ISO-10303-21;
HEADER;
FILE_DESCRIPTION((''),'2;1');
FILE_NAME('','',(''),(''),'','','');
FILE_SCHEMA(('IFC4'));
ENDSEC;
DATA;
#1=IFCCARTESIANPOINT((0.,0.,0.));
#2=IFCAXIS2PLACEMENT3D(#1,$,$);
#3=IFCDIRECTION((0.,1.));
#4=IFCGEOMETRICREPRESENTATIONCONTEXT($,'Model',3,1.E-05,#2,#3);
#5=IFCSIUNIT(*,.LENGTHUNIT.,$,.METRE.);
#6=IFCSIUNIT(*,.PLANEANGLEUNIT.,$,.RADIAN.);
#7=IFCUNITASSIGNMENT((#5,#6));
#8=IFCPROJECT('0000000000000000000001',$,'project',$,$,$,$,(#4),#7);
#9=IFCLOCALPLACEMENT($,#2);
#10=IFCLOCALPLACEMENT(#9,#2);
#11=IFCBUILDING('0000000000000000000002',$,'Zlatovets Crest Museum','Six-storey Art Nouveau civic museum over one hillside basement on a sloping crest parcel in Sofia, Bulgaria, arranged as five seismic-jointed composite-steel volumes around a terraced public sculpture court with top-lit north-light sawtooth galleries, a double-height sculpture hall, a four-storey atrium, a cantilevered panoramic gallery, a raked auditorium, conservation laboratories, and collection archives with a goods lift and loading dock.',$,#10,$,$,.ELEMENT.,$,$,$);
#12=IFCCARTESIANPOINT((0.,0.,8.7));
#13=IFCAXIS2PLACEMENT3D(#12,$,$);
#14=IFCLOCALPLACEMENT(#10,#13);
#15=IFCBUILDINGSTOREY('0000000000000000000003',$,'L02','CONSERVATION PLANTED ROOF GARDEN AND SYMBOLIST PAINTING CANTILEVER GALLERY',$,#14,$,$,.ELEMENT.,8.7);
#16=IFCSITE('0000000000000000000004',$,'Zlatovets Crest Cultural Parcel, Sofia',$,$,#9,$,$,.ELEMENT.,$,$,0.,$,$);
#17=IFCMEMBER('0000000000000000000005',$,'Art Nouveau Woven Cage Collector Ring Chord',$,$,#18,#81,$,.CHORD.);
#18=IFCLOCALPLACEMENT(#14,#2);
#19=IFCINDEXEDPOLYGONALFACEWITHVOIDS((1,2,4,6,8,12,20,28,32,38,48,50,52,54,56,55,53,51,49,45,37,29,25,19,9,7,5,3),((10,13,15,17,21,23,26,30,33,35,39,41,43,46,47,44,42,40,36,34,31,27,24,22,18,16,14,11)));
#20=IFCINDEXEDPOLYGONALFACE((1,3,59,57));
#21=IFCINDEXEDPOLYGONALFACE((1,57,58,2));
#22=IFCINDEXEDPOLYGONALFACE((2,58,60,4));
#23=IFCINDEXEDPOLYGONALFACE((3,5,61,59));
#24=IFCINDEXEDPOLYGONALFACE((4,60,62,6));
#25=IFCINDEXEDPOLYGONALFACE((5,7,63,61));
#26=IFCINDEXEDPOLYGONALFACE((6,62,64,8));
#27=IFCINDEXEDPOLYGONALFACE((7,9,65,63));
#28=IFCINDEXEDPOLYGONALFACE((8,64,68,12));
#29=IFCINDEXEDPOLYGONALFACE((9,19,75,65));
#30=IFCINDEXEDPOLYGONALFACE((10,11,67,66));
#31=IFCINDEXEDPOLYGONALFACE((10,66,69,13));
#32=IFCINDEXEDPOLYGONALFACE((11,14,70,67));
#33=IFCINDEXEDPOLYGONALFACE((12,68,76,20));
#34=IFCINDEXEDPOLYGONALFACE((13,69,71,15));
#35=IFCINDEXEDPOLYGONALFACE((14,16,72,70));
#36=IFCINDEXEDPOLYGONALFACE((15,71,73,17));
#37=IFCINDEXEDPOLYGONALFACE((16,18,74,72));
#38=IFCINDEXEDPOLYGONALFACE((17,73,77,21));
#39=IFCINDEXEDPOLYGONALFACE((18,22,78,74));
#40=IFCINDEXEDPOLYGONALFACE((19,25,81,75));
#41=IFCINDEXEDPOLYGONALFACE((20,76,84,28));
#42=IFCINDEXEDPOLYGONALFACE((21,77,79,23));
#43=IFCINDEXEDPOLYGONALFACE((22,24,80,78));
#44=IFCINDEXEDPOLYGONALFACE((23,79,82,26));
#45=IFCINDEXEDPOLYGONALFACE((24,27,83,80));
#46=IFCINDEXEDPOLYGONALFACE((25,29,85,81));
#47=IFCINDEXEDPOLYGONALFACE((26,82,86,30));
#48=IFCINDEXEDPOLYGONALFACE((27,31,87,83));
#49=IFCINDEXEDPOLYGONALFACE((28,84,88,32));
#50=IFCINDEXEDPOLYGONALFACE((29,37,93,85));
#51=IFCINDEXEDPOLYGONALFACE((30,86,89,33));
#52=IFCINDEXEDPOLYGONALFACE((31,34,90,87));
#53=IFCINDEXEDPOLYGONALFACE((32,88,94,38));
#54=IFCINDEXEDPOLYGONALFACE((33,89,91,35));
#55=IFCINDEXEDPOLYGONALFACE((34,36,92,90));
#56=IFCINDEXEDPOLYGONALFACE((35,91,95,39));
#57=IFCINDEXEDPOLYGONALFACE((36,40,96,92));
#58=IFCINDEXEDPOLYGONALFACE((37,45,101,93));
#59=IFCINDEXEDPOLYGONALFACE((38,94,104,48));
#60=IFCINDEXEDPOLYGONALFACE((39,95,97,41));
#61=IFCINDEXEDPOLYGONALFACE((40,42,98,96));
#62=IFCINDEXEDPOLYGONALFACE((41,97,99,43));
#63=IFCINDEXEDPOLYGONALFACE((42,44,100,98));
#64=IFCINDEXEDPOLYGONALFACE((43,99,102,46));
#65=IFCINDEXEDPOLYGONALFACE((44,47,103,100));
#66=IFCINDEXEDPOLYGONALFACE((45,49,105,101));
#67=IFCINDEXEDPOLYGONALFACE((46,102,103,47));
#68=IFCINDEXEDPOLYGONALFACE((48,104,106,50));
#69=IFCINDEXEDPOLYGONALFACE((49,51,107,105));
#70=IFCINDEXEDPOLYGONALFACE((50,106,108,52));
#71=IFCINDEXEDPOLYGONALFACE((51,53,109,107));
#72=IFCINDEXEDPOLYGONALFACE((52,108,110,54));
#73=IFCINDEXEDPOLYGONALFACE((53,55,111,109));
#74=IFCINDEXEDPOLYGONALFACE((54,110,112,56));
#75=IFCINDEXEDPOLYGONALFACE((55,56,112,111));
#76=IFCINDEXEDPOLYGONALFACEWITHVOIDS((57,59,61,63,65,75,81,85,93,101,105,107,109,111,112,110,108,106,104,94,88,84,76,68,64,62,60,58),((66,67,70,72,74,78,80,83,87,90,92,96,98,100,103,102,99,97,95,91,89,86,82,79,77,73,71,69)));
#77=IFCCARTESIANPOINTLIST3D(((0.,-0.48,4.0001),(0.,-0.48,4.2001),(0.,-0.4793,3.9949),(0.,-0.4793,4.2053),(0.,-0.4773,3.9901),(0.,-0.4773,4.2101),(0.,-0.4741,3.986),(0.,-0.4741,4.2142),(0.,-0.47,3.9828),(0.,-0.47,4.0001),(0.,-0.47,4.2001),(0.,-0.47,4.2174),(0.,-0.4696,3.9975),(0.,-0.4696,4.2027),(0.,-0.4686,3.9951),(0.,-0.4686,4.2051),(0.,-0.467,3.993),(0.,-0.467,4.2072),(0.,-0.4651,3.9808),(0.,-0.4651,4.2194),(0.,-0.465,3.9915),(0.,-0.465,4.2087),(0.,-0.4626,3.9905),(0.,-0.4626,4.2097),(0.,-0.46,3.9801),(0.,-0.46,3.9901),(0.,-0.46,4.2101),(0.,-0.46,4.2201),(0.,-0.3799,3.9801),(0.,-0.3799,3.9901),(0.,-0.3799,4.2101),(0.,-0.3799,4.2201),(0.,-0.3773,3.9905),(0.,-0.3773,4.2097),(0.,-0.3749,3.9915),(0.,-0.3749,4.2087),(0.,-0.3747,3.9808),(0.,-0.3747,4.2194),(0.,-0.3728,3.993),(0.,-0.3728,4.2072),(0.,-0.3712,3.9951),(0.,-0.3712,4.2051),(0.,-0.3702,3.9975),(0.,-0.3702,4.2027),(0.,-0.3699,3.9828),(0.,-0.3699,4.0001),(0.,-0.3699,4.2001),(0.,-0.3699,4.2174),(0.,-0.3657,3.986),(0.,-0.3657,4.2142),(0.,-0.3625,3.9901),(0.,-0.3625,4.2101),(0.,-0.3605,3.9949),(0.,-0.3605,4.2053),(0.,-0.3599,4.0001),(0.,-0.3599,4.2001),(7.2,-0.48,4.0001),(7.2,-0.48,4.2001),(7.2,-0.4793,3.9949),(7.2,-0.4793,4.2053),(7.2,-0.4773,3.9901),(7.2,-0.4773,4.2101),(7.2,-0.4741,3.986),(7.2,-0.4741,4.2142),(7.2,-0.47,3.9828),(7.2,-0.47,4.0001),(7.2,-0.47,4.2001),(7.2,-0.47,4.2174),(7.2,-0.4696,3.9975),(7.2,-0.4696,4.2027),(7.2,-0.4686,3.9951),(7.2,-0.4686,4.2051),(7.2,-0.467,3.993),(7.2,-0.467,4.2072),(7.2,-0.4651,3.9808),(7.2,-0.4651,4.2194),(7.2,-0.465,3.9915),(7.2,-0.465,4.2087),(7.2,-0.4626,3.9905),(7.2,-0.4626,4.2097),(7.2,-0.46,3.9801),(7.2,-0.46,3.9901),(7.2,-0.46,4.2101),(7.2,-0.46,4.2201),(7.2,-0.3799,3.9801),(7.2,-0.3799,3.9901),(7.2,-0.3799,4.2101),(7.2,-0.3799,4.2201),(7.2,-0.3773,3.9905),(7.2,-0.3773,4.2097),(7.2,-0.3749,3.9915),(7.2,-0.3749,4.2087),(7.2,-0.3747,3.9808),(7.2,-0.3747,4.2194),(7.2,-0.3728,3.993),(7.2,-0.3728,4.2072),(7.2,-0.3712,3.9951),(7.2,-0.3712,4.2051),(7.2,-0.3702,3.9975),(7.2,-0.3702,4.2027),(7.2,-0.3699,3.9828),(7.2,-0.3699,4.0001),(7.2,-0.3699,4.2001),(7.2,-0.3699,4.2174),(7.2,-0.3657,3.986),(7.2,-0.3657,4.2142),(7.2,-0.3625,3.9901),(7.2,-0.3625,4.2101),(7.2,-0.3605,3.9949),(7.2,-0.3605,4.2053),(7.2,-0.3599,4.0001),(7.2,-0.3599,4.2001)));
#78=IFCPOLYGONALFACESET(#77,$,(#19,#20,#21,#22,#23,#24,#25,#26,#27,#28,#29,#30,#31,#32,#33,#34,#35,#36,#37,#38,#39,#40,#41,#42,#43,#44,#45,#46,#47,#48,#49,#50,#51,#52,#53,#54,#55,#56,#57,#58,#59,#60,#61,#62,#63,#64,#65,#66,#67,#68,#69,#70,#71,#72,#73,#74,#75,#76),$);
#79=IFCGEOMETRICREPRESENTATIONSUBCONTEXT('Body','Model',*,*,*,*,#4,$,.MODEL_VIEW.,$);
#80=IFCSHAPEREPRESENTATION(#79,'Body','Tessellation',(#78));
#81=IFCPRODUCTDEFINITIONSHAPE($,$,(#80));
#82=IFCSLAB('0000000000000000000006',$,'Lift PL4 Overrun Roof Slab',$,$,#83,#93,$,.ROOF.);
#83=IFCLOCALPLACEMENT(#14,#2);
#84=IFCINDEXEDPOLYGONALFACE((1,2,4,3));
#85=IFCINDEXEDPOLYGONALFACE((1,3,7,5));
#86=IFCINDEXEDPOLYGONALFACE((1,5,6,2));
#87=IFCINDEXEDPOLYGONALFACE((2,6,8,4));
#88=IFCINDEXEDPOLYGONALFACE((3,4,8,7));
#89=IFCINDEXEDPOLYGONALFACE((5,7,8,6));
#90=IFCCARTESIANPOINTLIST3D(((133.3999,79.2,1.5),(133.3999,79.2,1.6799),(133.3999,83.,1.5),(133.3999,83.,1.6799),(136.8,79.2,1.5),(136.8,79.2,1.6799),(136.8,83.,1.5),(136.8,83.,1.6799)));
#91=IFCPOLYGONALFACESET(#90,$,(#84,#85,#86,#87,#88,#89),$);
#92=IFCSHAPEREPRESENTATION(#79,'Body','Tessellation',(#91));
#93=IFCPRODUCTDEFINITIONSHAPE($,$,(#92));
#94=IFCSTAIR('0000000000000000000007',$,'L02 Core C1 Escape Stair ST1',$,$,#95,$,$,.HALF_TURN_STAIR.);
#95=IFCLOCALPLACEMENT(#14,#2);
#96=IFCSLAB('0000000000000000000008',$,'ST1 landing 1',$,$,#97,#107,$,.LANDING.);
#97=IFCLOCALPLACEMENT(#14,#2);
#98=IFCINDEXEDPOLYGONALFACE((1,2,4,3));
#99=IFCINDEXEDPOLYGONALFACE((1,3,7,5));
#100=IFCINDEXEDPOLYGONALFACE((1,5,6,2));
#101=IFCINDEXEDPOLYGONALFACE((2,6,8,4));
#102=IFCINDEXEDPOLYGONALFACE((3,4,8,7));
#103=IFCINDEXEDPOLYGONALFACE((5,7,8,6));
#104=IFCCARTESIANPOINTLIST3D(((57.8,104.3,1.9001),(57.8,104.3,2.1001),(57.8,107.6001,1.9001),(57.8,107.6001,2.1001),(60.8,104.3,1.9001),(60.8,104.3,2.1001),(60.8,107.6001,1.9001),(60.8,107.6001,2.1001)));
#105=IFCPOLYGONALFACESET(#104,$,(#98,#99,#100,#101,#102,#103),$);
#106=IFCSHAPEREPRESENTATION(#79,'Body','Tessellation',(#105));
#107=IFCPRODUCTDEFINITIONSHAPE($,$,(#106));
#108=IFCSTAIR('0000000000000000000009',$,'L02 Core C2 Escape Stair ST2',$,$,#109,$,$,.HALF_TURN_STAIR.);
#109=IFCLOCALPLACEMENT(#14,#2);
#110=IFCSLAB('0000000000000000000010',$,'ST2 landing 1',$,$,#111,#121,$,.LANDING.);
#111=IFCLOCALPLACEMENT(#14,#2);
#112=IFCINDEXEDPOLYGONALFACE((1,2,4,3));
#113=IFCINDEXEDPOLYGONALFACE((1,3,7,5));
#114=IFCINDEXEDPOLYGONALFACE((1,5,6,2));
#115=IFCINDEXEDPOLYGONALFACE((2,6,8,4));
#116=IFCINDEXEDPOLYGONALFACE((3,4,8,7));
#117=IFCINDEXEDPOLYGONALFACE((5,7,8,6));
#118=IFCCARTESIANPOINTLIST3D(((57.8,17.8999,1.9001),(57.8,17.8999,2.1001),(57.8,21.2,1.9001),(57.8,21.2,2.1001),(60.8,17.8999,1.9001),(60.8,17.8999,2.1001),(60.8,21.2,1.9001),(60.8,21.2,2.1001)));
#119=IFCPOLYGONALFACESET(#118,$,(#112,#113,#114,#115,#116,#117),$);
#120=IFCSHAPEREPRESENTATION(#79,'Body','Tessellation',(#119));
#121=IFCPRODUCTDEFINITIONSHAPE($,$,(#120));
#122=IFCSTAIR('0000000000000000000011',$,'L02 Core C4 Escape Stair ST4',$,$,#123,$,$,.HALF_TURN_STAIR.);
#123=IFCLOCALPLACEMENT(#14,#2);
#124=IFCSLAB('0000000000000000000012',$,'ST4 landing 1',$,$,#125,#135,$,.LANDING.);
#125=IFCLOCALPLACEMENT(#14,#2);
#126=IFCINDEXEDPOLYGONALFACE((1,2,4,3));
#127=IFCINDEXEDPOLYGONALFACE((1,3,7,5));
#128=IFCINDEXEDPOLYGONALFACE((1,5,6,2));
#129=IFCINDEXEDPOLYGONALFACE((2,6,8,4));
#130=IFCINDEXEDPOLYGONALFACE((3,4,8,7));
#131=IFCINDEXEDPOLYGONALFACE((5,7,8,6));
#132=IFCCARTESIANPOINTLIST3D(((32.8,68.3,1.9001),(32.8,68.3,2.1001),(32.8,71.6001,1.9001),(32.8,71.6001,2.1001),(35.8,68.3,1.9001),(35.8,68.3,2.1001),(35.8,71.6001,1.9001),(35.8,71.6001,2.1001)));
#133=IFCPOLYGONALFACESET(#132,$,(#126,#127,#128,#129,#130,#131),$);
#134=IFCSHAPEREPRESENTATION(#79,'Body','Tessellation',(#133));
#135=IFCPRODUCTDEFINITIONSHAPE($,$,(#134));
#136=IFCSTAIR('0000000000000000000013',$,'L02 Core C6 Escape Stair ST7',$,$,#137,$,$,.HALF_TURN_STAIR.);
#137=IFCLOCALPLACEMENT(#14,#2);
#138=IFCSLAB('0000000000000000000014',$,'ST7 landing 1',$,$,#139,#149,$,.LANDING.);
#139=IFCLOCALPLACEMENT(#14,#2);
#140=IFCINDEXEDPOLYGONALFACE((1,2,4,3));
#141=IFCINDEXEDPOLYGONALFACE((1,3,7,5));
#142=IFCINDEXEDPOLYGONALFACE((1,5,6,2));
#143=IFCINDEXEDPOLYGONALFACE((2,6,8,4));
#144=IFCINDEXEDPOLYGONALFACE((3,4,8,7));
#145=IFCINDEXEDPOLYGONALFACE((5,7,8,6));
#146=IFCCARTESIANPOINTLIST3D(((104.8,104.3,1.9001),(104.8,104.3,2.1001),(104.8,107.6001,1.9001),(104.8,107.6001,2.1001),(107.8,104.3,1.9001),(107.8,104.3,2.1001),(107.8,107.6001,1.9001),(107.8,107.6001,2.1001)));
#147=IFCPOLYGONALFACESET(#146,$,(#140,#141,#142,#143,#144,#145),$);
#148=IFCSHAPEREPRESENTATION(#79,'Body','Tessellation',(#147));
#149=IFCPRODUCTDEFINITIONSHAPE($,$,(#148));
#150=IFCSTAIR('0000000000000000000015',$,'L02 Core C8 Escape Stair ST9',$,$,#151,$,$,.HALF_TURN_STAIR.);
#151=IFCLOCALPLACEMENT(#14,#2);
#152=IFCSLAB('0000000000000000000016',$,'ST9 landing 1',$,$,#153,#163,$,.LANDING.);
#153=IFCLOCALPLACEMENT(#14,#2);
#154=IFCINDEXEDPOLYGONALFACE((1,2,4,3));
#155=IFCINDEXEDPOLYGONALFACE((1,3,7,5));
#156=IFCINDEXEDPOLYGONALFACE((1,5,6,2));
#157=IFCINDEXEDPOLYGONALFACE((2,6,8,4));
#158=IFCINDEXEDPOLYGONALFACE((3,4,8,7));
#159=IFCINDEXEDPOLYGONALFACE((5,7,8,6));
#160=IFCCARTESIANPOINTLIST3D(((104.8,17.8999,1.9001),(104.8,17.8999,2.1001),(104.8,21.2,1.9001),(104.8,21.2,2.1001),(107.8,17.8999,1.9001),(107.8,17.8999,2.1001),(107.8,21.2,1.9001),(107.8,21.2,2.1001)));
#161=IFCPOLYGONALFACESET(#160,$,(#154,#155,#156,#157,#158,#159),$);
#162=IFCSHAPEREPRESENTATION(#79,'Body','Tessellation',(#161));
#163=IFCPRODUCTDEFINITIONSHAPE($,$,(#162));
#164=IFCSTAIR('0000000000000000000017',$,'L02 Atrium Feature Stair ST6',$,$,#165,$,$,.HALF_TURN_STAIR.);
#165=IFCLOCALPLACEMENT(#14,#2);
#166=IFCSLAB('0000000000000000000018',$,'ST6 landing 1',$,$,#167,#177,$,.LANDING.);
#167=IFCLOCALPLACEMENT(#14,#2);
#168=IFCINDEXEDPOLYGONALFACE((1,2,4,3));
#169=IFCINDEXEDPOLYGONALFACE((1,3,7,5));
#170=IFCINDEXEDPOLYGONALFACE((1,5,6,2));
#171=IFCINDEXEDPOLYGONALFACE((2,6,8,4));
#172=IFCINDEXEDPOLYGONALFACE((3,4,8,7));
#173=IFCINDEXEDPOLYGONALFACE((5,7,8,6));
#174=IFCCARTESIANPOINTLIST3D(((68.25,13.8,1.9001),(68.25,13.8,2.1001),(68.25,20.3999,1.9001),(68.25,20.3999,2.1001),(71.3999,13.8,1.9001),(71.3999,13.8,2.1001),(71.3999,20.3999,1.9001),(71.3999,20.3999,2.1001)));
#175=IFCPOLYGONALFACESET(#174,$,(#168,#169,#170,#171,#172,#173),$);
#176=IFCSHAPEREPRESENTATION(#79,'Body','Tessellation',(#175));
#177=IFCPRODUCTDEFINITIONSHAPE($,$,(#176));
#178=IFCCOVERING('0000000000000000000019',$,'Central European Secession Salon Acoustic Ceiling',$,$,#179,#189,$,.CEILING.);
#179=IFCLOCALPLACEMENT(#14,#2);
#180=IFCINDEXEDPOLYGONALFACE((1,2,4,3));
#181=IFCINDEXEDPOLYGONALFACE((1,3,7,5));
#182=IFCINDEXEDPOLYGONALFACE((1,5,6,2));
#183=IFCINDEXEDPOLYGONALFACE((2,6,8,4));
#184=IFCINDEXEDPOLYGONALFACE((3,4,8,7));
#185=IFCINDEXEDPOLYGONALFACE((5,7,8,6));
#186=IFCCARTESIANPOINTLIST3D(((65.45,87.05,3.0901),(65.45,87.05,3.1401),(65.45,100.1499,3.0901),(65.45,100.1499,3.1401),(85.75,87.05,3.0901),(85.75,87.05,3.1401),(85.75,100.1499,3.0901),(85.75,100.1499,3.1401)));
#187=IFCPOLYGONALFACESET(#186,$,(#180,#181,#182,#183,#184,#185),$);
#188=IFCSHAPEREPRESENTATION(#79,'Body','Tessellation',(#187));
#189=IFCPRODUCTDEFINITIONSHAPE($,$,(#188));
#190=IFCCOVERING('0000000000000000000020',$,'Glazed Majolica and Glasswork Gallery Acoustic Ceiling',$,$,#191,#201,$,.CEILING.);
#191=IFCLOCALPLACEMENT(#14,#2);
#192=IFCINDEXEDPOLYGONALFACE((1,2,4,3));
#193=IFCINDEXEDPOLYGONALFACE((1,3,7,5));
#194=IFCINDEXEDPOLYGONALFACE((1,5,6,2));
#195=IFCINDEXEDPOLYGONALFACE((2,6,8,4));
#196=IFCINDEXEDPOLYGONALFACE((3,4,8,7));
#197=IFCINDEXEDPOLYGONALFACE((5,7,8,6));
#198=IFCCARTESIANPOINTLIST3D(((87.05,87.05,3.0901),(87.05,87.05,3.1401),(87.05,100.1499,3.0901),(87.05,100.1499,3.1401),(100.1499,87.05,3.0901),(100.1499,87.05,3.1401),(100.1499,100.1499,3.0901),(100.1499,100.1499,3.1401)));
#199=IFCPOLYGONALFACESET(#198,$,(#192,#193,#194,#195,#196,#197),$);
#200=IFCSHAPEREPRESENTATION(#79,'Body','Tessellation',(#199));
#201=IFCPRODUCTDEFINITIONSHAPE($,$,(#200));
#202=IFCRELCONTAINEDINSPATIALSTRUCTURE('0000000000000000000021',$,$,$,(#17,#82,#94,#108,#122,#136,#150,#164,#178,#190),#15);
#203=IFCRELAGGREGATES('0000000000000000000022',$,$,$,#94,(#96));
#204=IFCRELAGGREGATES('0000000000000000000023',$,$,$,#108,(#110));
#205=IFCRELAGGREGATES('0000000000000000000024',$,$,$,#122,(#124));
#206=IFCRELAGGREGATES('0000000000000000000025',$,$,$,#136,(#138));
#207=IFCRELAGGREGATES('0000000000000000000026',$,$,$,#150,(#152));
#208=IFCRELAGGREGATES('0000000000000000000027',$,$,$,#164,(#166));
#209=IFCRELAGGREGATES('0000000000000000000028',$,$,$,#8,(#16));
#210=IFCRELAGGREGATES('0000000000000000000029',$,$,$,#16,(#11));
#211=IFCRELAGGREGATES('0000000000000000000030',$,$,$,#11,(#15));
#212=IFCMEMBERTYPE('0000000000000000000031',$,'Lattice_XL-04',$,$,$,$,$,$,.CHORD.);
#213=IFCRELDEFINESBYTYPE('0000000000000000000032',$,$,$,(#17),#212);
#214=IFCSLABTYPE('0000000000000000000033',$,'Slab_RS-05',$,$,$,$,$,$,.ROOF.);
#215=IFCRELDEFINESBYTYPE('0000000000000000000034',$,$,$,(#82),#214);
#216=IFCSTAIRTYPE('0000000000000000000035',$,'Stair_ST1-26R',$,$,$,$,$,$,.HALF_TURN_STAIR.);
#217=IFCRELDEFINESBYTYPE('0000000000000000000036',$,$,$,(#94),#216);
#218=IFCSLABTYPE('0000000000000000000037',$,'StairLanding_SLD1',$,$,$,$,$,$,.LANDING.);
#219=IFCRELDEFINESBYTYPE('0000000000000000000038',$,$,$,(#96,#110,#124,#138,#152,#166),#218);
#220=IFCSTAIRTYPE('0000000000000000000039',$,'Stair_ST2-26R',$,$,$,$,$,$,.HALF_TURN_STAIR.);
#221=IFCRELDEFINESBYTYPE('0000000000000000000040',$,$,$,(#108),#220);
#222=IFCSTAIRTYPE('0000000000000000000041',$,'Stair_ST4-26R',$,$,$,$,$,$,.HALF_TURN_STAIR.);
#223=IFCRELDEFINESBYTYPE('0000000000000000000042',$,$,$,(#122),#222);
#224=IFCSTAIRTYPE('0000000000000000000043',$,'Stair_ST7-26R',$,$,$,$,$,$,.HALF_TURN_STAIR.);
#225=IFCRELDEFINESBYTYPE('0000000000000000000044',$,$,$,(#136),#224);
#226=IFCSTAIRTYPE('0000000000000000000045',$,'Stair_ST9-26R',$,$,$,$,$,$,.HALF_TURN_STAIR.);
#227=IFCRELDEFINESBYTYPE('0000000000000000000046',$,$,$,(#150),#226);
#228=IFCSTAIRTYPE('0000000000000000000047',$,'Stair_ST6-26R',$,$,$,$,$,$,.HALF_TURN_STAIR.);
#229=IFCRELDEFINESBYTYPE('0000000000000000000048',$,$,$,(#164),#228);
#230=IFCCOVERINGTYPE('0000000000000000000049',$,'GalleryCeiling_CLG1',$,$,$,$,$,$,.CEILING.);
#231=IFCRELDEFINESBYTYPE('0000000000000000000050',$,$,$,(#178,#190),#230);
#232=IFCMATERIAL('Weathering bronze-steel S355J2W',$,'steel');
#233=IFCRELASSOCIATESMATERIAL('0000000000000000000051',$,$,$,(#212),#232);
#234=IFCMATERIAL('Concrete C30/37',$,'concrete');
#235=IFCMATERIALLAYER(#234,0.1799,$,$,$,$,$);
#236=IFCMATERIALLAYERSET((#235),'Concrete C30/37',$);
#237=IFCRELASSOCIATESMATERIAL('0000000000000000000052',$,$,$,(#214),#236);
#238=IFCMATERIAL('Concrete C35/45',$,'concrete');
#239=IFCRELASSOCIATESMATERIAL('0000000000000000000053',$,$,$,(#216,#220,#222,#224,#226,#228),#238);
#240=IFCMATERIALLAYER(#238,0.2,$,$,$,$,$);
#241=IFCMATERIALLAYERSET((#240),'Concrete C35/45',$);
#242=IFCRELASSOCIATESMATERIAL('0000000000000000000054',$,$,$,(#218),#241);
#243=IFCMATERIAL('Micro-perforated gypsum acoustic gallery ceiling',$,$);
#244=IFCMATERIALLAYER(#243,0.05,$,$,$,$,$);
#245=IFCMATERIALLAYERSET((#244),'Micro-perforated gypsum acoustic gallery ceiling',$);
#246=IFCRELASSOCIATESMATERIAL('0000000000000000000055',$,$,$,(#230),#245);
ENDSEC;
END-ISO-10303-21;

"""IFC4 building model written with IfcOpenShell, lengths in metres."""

from ifc_helpers import new_model, si_unit, direction, frame, origin, origin_2d, place, context, subcontext, project, spatial, polyline, hollow_rectangle, outline, extrude, material, layer, layer_set, material_profile, profile_set, type_object, element, aggregate, save


model = new_model("IFC4")

# Units and contexts
model_context = context("Model", 3, precision=1e-05, world=origin(), true_north=direction((0.0, 1.0)))
body_context = subcontext(model_context, "Body", "Model", "MODEL_VIEW")
ifc_project = project(units=[si_unit("LENGTHUNIT", "METRE"), si_unit("PLANEANGLEUNIT", "RADIAN")], contexts=[model_context])

# Site, building, storey
site_placement = place(None, origin())
site = spatial("IfcSite", under=ifc_project, at=site_placement, Name="Zlatovets Crest Cultural Parcel, Sofia", CompositionType="ELEMENT", RefElevation=0.0)
building_placement = place(site_placement, origin())
building = spatial("IfcBuilding", under=site, at=building_placement, Name="Zlatovets Crest Museum", Description="Six-storey Art Nouveau civic museum over one hillside basement on a sloping crest parcel in Sofia, Bulgaria, arranged as five seismic-jointed composite-steel volumes around a terraced public sculpture court with top-lit north-light sawtooth galleries, a double-height sculpture hall, a four-storey atrium, a cantilevered panoramic gallery, a raked auditorium, conservation laboratories, and collection archives with a goods lift and loading dock.", CompositionType="ELEMENT")
storey_placement = place(building_placement, frame((0.0, 0.0, 8.7)))
storey = spatial("IfcBuildingStorey", under=building, at=storey_placement, Name="L02", Description="CONSERVATION PLANTED ROOF GARDEN AND SYMBOLIST PAINTING CANTILEVER GALLERY", CompositionType="ELEMENT", Elevation=8.7)

# Member
ifc_material_1 = material(Name="Weathering bronze-steel S355J2W", Category="steel")
ifc_material_profile_1 = material_profile(ifc_material_1, hollow_rectangle(XDim=0.1201, YDim=0.24, WallThickness=0.01, InnerFilletRadius=0.01, OuterFilletRadius=0.02, at=origin_2d()), Name="RHS 120x240x10.0")
ifc_profile_set_1 = profile_set([ifc_material_profile_1], Name="Weathering bronze-steel S355J2W")
member_type_1 = type_object("IfcMemberType", Name="Lattice_XL-04", PredefinedType="CHORD", material=ifc_profile_set_1)
member_1_placement = place(storey_placement, frame((0.0, -0.4199, 4.1001), z_axis=(1.0, 0.0, 0.0), x_axis=(0.0, 1.0, 0.0)))
element("IfcMember", 1, at=member_1_placement, inside=storey, type_object=member_type_1, Name="Art Nouveau Woven Cage Collector Ring Chord", PredefinedType="CHORD", context=body_context, shape_type="SweptSolid", body=[
    extrude(hollow_rectangle(XDim=0.1201, YDim=0.24, WallThickness=0.01, InnerFilletRadius=0.01, OuterFilletRadius=0.02, at=origin_2d()), origin(), (0.0, 0.0, 1.0), 7.2),
])

# Slab
ifc_material_2 = material(Name="Concrete C30/37", Category="concrete")
ifc_layer_1 = layer(ifc_material_2, 0.1799)
ifc_layer_set_1 = layer_set([ifc_layer_1], Name="Concrete C30/37")
slab_type_1 = type_object("IfcSlabType", Name="Slab_RS-05", PredefinedType="ROOF", material=ifc_layer_set_1)
slab_1_placement = place(storey_placement, frame((0.0, 0.0, 1.5)))
element("IfcSlab", 2, at=slab_1_placement, inside=storey, type_object=slab_type_1, Name="Lift PL4 Overrun Roof Slab", PredefinedType="ROOF", context=body_context, shape_type="SweptSolid", body=[
    extrude(outline(polyline([(133.3999, 79.2), (136.8, 79.2), (136.8, 83.0), (133.3999, 83.0), (133.3999, 79.2)])), origin(), (0.0, 0.0, 1.0), 0.1799),
])

# Stairs, slabs
ifc_material_3 = material(Name="Concrete C35/45", Category="concrete")
stair_type_1 = type_object("IfcStairType", Name="Stair_ST1-26R", PredefinedType="HALF_TURN_STAIR", material=ifc_material_3)
stair_1_placement = place(storey_placement, origin())
stair_1 = element("IfcStair", 3, at=stair_1_placement, inside=storey, type_object=stair_type_1, Name="L02 Core C1 Escape Stair ST1", PredefinedType="HALF_TURN_STAIR")
ifc_layer_2 = layer(ifc_material_3, 0.2)
ifc_layer_set_2 = layer_set([ifc_layer_2], Name="Concrete C35/45")
slab_type_2 = type_object("IfcSlabType", Name="StairLanding_SLD1", PredefinedType="LANDING", material=ifc_layer_set_2)
slab_2_placement = place(storey_placement, frame((0.0, 0.0, 1.9001)))
slab_2 = element("IfcSlab", 4, at=slab_2_placement, type_object=slab_type_2, Name="ST1 landing 1", PredefinedType="LANDING", context=body_context, shape_type="SweptSolid", body=[
    extrude(outline(polyline([(60.8, 104.3), (60.8, 107.6001), (57.8, 107.6001), (57.8, 104.3), (60.8, 104.3)])), origin(), (0.0, 0.0, 1.0), 0.2),
])
aggregate(stair_1, [slab_2])
stair_type_2 = type_object("IfcStairType", Name="Stair_ST2-26R", PredefinedType="HALF_TURN_STAIR", material=ifc_material_3)
stair_2_placement = place(storey_placement, origin())
stair_2 = element("IfcStair", 5, at=stair_2_placement, inside=storey, type_object=stair_type_2, Name="L02 Core C2 Escape Stair ST2", PredefinedType="HALF_TURN_STAIR")
slab_3_placement = place(storey_placement, frame((0.0, 0.0, 1.9001)))
slab_3 = element("IfcSlab", 6, at=slab_3_placement, type_object=slab_type_2, Name="ST2 landing 1", PredefinedType="LANDING", context=body_context, shape_type="SweptSolid", body=[
    extrude(outline(polyline([(60.8, 17.8999), (60.8, 21.2), (57.8, 21.2), (57.8, 17.8999), (60.8, 17.8999)])), origin(), (0.0, 0.0, 1.0), 0.2),
])
aggregate(stair_2, [slab_3])
stair_type_3 = type_object("IfcStairType", Name="Stair_ST4-26R", PredefinedType="HALF_TURN_STAIR", material=ifc_material_3)
stair_3_placement = place(storey_placement, origin())
stair_3 = element("IfcStair", 7, at=stair_3_placement, inside=storey, type_object=stair_type_3, Name="L02 Core C4 Escape Stair ST4", PredefinedType="HALF_TURN_STAIR")
slab_4_placement = place(storey_placement, frame((0.0, 0.0, 1.9001)))
slab_4 = element("IfcSlab", 8, at=slab_4_placement, type_object=slab_type_2, Name="ST4 landing 1", PredefinedType="LANDING", context=body_context, shape_type="SweptSolid", body=[
    extrude(outline(polyline([(35.8, 68.3), (35.8, 71.6001), (32.8, 71.6001), (32.8, 68.3), (35.8, 68.3)])), origin(), (0.0, 0.0, 1.0), 0.2),
])
aggregate(stair_3, [slab_4])
stair_type_4 = type_object("IfcStairType", Name="Stair_ST7-26R", PredefinedType="HALF_TURN_STAIR", material=ifc_material_3)
stair_4_placement = place(storey_placement, origin())
stair_4 = element("IfcStair", 9, at=stair_4_placement, inside=storey, type_object=stair_type_4, Name="L02 Core C6 Escape Stair ST7", PredefinedType="HALF_TURN_STAIR")
slab_5_placement = place(storey_placement, frame((0.0, 0.0, 1.9001)))
slab_5 = element("IfcSlab", 10, at=slab_5_placement, type_object=slab_type_2, Name="ST7 landing 1", PredefinedType="LANDING", context=body_context, shape_type="SweptSolid", body=[
    extrude(outline(polyline([(107.8, 104.3), (107.8, 107.6001), (104.8, 107.6001), (104.8, 104.3), (107.8, 104.3)])), origin(), (0.0, 0.0, 1.0), 0.2),
])
aggregate(stair_4, [slab_5])
stair_type_5 = type_object("IfcStairType", Name="Stair_ST9-26R", PredefinedType="HALF_TURN_STAIR", material=ifc_material_3)
stair_5_placement = place(storey_placement, origin())
stair_5 = element("IfcStair", 11, at=stair_5_placement, inside=storey, type_object=stair_type_5, Name="L02 Core C8 Escape Stair ST9", PredefinedType="HALF_TURN_STAIR")
slab_6_placement = place(storey_placement, frame((0.0, 0.0, 1.9001)))
slab_6 = element("IfcSlab", 12, at=slab_6_placement, type_object=slab_type_2, Name="ST9 landing 1", PredefinedType="LANDING", context=body_context, shape_type="SweptSolid", body=[
    extrude(outline(polyline([(107.8, 17.8999), (107.8, 21.2), (104.8, 21.2), (104.8, 17.8999), (107.8, 17.8999)])), origin(), (0.0, 0.0, 1.0), 0.2),
])
aggregate(stair_5, [slab_6])
stair_type_6 = type_object("IfcStairType", Name="Stair_ST6-26R", PredefinedType="HALF_TURN_STAIR", material=ifc_material_3)
stair_6_placement = place(storey_placement, origin())
stair_6 = element("IfcStair", 13, at=stair_6_placement, inside=storey, type_object=stair_type_6, Name="L02 Atrium Feature Stair ST6", PredefinedType="HALF_TURN_STAIR")
slab_7_placement = place(storey_placement, frame((0.0, 0.0, 1.9001)))
slab_7 = element("IfcSlab", 14, at=slab_7_placement, type_object=slab_type_2, Name="ST6 landing 1", PredefinedType="LANDING", context=body_context, shape_type="SweptSolid", body=[
    extrude(outline(polyline([(71.3999, 13.8), (71.3999, 20.3999), (68.25, 20.3999), (68.25, 13.8), (71.3999, 13.8)])), origin(), (0.0, 0.0, 1.0), 0.2),
])
aggregate(stair_6, [slab_7])

# Coverings
ifc_material_4 = material(Name="Micro-perforated gypsum acoustic gallery ceiling")
ifc_layer_3 = layer(ifc_material_4, 0.05)
ifc_layer_set_3 = layer_set([ifc_layer_3], Name="Micro-perforated gypsum acoustic gallery ceiling")
covering_type_1 = type_object("IfcCoveringType", Name="GalleryCeiling_CLG1", PredefinedType="CEILING", material=ifc_layer_set_3)
covering_1_placement = place(storey_placement, frame((0.0, 0.0, 3.0901)))
element("IfcCovering", 15, at=covering_1_placement, inside=storey, type_object=covering_type_1, Name="Central European Secession Salon Acoustic Ceiling", PredefinedType="CEILING", context=body_context, shape_type="SweptSolid", body=[
    extrude(outline(polyline([(65.45, 87.05), (85.75, 87.05), (85.75, 100.1499), (65.45, 100.1499), (65.45, 87.05)])), origin(), (0.0, 0.0, 1.0), 0.05),
])
covering_2_placement = place(storey_placement, frame((0.0, 0.0, 3.0901)))
element("IfcCovering", 16, at=covering_2_placement, inside=storey, type_object=covering_type_1, Name="Glazed Majolica and Glasswork Gallery Acoustic Ceiling", PredefinedType="CEILING", context=body_context, shape_type="SweptSolid", body=[
    extrude(outline(polyline([(87.05, 87.05), (100.1499, 87.05), (100.1499, 100.1499), (87.05, 100.1499), (87.05, 87.05)])), origin(), (0.0, 0.0, 1.0), 0.05),
])

save(model, "model.ifc")
